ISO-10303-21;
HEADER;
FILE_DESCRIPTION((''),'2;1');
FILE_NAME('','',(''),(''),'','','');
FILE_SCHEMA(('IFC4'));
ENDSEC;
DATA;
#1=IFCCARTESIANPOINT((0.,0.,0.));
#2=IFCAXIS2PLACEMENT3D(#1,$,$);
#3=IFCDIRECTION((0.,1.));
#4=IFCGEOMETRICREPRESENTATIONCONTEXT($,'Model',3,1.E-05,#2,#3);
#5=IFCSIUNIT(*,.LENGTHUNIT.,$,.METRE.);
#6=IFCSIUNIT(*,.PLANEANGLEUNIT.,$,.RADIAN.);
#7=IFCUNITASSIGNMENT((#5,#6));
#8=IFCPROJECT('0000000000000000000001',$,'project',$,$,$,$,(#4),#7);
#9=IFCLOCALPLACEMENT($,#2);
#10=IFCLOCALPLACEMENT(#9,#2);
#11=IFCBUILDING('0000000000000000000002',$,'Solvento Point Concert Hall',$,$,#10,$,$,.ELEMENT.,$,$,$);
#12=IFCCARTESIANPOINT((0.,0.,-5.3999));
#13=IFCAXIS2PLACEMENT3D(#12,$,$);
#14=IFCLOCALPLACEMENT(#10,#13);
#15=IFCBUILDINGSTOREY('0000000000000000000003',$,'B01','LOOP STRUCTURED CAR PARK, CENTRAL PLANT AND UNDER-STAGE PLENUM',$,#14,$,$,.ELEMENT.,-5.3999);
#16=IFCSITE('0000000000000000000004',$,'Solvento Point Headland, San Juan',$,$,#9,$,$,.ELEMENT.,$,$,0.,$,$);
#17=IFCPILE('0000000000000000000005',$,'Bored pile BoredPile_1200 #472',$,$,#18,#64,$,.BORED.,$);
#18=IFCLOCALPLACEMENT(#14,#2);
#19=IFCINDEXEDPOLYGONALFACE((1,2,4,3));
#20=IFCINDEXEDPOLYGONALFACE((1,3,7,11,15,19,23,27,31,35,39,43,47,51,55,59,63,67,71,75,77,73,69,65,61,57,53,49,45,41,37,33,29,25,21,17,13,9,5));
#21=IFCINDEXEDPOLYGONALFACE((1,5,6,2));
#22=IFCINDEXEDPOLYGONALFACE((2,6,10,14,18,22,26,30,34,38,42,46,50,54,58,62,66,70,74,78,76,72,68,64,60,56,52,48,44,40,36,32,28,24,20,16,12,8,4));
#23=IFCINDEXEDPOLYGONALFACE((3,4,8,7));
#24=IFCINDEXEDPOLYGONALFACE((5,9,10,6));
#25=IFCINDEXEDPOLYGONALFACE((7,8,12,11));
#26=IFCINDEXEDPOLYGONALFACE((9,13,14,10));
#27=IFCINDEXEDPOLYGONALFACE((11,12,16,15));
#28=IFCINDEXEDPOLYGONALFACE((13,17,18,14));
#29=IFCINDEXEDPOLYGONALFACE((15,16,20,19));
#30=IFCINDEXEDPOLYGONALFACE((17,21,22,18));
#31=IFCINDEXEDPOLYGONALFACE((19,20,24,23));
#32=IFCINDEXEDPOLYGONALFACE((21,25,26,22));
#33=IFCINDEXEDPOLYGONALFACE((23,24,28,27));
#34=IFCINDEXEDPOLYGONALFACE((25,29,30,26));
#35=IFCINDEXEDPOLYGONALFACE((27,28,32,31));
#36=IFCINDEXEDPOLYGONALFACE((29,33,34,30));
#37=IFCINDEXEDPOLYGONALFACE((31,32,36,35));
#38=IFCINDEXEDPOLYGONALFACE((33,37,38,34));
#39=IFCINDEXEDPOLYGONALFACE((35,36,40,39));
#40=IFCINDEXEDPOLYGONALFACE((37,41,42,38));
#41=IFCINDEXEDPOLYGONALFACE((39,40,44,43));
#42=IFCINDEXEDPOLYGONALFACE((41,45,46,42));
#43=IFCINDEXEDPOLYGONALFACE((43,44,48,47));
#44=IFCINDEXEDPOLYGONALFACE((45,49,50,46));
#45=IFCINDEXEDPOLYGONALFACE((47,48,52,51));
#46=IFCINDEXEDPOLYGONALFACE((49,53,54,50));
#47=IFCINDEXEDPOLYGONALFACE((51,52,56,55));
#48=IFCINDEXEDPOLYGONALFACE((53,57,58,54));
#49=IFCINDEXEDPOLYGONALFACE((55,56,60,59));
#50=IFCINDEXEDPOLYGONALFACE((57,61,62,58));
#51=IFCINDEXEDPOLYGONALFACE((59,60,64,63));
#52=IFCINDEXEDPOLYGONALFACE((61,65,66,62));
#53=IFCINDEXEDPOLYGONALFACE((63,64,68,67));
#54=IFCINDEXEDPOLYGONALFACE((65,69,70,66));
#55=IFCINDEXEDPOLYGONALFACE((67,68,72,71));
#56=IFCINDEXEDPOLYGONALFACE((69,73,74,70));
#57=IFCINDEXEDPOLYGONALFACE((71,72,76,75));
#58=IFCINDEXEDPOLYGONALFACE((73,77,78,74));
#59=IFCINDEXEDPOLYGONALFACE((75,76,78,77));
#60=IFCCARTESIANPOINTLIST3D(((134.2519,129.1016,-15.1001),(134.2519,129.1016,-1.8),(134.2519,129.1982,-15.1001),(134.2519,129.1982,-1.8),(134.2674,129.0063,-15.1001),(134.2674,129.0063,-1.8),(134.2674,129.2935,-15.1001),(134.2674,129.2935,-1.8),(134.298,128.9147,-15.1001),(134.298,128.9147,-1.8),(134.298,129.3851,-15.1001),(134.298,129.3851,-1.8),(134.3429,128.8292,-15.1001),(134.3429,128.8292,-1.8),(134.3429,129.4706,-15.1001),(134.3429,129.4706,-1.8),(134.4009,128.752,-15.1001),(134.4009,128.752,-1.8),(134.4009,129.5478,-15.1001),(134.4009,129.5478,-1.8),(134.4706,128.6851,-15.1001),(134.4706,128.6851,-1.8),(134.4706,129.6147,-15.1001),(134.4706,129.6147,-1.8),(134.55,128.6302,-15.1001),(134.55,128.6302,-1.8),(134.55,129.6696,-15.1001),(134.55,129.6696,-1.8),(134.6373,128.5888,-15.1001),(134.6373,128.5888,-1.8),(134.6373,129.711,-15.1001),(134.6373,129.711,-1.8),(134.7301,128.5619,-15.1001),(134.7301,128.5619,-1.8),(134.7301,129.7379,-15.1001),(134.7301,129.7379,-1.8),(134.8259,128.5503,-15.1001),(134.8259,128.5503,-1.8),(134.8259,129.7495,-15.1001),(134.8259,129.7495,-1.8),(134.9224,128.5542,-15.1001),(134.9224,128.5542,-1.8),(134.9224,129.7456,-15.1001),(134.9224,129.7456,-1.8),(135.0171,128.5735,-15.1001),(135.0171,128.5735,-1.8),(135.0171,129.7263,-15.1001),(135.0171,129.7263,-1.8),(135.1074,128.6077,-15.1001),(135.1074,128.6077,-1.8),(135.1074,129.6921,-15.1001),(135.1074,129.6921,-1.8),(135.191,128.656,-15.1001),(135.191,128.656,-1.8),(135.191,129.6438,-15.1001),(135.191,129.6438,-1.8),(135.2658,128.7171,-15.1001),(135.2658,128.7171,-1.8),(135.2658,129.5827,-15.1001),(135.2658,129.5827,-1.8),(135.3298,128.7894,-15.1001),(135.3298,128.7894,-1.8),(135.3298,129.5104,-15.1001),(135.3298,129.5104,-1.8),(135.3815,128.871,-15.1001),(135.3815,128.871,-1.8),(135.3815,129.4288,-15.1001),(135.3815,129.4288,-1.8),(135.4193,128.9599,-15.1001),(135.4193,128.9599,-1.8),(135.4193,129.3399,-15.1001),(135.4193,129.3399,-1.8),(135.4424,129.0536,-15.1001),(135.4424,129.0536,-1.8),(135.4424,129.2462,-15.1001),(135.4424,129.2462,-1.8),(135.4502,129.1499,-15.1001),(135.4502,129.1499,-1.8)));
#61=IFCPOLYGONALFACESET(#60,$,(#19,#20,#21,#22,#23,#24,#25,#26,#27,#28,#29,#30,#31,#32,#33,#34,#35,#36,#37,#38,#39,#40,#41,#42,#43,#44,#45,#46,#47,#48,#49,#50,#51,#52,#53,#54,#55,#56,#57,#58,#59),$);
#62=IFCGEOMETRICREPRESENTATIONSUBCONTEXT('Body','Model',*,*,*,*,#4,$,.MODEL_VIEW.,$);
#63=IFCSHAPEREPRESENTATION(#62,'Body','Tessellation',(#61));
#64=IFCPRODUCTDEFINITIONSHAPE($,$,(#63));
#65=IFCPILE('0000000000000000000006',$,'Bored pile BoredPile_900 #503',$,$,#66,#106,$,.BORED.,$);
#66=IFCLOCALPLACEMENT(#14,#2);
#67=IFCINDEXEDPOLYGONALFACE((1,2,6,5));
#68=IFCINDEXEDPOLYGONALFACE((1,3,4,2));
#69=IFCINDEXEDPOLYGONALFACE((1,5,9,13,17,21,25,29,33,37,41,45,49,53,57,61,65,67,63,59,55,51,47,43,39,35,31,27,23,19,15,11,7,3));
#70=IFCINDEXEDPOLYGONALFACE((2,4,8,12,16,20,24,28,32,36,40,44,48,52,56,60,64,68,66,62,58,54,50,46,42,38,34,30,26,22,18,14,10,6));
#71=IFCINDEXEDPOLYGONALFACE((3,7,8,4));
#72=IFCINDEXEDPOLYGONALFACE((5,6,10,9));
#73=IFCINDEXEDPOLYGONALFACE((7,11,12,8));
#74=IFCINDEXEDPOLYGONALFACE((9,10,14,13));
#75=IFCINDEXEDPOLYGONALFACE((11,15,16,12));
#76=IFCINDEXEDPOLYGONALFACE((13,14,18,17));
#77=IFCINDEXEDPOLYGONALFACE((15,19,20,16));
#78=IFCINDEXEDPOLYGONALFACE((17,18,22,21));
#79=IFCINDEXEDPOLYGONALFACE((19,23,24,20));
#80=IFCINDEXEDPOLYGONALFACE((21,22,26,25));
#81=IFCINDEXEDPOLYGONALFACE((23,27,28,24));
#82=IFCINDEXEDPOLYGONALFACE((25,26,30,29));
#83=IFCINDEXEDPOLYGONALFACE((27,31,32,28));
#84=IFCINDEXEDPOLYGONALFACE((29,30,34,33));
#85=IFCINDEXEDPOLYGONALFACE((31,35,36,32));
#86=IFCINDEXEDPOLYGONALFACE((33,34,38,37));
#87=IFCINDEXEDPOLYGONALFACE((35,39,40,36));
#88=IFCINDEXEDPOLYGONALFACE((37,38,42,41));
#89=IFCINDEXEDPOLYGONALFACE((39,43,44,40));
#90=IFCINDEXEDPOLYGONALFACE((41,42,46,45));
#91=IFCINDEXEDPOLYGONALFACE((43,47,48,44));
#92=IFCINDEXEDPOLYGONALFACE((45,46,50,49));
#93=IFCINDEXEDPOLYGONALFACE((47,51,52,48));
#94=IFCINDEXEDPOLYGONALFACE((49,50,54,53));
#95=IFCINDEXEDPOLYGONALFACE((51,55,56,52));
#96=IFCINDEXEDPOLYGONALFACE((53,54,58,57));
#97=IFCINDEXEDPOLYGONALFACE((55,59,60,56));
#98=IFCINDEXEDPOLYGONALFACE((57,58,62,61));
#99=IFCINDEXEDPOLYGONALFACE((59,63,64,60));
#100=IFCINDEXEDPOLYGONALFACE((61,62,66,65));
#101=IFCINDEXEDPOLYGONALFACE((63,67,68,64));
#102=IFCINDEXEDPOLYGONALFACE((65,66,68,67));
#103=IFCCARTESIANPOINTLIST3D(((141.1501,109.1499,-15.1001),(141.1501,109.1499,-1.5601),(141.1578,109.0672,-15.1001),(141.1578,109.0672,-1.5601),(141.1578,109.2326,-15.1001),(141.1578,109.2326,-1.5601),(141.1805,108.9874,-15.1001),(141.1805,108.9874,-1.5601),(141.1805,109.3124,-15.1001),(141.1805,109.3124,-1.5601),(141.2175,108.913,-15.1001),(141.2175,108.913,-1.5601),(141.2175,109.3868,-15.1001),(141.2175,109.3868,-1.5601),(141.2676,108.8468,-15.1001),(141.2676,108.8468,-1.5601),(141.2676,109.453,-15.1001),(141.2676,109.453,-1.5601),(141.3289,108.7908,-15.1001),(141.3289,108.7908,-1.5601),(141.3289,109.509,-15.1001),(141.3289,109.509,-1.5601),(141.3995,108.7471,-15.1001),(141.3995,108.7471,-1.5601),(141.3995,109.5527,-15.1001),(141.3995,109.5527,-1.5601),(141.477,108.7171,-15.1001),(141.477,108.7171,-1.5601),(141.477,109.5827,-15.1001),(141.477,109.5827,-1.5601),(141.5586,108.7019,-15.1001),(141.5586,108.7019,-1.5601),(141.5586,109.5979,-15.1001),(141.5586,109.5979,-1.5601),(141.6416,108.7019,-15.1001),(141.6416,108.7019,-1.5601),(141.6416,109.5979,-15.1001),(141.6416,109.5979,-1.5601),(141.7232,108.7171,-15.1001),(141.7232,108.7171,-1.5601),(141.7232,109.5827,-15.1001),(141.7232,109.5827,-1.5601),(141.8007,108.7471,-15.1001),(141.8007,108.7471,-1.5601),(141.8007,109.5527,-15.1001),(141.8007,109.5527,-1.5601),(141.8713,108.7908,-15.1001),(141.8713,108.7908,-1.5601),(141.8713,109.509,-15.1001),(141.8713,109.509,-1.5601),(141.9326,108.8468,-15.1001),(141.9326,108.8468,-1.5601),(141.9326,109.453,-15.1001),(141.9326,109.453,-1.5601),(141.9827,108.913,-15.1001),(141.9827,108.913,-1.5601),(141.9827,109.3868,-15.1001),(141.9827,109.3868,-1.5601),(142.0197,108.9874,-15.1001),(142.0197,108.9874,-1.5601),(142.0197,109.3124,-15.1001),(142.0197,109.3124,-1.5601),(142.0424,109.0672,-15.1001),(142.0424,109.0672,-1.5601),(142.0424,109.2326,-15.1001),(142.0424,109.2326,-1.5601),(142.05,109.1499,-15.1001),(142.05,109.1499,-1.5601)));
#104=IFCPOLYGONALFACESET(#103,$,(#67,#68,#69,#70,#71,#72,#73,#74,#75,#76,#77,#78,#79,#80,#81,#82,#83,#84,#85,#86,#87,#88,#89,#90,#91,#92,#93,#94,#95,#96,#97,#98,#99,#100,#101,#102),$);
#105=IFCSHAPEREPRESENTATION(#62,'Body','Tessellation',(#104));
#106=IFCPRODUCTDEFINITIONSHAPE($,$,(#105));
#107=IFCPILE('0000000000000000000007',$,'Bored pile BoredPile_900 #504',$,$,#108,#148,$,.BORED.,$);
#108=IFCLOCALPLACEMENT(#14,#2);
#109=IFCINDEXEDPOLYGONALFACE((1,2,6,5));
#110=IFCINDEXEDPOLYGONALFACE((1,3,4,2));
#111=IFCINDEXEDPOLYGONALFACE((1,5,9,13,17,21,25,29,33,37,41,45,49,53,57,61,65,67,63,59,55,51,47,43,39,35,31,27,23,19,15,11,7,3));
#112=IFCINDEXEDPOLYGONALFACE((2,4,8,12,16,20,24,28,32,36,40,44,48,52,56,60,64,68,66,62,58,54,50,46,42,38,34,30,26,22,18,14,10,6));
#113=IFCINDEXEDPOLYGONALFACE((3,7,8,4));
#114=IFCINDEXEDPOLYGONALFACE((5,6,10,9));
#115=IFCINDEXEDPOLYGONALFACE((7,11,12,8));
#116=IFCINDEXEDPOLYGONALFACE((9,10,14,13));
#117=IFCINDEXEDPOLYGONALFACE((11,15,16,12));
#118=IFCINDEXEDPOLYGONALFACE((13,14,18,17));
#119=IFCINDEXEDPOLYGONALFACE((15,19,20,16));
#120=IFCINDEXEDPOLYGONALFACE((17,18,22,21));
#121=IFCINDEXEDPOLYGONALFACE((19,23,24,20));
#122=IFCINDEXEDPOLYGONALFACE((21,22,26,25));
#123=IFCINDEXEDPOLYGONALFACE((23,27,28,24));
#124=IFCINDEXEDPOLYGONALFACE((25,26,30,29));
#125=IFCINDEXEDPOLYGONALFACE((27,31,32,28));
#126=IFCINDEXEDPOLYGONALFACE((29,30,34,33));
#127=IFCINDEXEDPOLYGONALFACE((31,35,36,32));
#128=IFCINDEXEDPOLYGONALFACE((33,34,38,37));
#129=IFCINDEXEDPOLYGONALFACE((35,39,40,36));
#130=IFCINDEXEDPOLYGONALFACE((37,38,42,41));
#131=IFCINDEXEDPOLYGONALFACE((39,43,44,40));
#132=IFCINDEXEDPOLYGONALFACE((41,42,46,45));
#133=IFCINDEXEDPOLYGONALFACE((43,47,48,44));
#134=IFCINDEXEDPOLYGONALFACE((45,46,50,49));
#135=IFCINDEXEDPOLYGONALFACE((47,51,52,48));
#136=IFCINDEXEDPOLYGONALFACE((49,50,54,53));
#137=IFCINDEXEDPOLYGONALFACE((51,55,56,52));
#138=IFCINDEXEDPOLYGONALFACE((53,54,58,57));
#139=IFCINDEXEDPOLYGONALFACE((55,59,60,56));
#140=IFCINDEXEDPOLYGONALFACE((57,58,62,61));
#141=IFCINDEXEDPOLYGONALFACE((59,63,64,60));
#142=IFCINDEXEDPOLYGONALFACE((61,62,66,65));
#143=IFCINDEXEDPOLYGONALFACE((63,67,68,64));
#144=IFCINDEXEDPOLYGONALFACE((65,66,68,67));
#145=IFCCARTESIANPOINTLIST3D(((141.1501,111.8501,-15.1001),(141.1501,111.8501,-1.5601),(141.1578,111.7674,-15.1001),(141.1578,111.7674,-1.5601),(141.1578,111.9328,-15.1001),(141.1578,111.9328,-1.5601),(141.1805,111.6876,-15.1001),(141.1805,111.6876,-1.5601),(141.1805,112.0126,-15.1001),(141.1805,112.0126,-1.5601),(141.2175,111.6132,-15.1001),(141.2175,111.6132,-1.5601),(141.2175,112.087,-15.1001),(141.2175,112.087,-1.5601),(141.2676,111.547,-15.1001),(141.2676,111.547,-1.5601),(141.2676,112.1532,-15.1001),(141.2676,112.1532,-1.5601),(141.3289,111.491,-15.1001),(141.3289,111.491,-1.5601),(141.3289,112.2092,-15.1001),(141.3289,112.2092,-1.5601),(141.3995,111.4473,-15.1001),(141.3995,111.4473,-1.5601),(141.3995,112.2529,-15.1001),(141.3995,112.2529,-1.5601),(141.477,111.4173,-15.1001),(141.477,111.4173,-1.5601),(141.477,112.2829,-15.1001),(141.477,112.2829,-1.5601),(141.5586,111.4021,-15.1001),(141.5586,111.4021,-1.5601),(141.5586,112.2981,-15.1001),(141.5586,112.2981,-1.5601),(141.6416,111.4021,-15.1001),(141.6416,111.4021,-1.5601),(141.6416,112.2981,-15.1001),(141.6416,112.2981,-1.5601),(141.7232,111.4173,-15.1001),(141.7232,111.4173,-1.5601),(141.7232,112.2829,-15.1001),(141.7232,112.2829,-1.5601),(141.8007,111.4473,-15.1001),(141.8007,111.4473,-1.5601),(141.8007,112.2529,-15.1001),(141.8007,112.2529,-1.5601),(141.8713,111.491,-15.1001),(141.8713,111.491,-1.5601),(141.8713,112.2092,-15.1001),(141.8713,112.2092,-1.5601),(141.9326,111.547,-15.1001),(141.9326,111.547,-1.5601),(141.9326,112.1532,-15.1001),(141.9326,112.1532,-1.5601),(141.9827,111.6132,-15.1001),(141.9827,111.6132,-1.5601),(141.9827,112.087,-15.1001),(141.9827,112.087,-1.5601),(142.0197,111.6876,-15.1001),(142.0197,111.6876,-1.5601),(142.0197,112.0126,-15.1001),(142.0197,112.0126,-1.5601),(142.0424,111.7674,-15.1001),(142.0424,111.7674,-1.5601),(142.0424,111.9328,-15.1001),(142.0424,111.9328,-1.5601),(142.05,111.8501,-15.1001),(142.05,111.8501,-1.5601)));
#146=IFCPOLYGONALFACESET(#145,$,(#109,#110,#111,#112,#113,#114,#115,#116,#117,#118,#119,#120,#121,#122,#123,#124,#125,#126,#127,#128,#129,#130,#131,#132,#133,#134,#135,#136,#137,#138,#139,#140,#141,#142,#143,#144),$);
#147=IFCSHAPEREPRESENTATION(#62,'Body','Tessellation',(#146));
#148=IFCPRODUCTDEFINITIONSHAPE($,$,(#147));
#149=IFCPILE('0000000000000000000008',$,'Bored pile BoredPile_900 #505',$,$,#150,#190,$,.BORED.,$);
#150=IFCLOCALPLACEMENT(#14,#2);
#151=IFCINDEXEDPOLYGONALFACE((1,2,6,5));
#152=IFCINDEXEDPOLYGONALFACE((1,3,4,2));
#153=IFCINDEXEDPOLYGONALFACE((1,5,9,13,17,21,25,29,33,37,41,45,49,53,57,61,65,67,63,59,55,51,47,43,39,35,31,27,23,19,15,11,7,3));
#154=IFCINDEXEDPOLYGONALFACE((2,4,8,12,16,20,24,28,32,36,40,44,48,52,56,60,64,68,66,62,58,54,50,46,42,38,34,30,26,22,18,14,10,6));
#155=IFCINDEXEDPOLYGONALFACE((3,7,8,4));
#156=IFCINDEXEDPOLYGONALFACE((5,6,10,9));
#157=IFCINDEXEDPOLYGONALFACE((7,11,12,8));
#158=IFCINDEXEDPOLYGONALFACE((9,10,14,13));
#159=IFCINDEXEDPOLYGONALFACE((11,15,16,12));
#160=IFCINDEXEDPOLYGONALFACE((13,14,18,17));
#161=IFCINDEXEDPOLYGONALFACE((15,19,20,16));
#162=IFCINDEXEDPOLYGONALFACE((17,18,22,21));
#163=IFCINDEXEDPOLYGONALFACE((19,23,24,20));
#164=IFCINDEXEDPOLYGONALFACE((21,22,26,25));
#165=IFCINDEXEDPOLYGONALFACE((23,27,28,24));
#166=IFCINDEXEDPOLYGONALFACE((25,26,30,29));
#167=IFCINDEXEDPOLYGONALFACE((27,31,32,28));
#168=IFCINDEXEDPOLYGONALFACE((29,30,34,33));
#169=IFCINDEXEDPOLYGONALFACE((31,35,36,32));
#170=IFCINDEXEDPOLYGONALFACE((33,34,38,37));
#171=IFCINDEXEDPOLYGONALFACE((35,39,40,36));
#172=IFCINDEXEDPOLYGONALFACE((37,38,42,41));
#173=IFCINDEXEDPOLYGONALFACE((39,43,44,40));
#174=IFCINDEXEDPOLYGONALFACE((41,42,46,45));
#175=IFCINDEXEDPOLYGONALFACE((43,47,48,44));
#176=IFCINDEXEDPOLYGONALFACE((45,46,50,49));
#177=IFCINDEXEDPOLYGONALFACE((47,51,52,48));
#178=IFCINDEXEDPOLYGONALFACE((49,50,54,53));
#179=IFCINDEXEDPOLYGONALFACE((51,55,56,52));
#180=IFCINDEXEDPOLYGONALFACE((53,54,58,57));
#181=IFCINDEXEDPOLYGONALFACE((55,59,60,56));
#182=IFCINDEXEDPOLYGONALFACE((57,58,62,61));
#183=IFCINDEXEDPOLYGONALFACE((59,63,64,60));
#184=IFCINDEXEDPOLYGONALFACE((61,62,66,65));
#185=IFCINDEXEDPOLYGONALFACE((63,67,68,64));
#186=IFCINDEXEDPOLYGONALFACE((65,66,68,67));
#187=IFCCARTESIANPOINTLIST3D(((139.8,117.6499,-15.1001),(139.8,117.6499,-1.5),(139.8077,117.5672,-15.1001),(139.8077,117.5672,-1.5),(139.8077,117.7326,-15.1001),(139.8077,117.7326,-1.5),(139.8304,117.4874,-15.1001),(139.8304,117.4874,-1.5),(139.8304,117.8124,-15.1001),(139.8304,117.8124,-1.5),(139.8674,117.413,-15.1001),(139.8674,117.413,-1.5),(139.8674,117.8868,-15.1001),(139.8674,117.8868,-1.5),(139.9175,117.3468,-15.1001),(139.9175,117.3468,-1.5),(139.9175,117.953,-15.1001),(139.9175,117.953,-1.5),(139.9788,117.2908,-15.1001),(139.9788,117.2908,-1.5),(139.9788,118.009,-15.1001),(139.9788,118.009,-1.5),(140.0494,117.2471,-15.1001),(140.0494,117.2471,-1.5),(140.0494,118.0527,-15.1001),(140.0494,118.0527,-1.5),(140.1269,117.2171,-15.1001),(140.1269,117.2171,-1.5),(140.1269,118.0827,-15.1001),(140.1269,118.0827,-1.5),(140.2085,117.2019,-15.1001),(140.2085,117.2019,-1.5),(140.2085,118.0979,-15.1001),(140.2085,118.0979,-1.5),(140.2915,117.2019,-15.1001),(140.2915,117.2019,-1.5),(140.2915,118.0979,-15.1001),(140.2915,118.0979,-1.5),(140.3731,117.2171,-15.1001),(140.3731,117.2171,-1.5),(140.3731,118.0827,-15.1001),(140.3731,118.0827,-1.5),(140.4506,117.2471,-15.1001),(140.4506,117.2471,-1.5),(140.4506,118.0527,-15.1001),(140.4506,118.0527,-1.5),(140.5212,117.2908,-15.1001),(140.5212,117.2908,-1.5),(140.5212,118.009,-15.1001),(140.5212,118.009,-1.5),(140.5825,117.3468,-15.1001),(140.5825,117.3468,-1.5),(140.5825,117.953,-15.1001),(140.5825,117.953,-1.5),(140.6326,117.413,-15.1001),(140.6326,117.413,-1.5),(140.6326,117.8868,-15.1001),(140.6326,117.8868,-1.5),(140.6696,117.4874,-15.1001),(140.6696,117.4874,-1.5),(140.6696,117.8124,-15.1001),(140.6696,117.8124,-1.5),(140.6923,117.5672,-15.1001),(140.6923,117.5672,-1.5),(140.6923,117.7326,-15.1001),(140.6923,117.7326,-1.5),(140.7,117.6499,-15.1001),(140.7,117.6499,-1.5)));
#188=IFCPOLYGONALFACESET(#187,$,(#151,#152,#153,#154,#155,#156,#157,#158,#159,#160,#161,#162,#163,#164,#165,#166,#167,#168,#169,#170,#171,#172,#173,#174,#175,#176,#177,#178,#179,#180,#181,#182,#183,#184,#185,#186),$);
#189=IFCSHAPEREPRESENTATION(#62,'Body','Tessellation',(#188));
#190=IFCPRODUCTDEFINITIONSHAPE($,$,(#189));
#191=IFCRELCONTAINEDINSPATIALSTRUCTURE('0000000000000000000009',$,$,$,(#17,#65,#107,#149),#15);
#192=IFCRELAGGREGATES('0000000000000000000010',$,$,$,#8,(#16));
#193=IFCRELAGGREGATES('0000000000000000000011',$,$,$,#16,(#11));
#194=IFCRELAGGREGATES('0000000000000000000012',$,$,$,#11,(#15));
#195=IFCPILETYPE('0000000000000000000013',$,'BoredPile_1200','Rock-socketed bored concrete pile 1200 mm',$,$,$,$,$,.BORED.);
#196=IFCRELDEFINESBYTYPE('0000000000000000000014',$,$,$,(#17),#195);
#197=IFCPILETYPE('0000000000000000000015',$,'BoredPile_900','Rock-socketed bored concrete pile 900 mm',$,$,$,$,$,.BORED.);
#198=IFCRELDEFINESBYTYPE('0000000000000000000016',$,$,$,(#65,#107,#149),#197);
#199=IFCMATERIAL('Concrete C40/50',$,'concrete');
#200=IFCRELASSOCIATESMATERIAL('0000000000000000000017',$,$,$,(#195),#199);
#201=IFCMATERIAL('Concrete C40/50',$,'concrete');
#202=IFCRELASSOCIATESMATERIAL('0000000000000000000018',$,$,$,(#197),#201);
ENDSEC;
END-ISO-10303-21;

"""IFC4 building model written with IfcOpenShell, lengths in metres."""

from ifc_helpers import new_model, si_unit, direction, frame, origin, origin_2d, place, context, subcontext, project, spatial, circle, extrude, material, material_profile, profile_set, type_object, element, save


model = new_model("IFC4")

# Units and contexts
model_context = context("Model", 3, precision=1e-05, world=origin(), true_north=direction((0.0, 1.0)))
body_context = subcontext(model_context, "Body", "Model", "MODEL_VIEW")
ifc_project = project(units=[si_unit("LENGTHUNIT", "METRE"), si_unit("PLANEANGLEUNIT", "RADIAN")], contexts=[model_context])

# Site, building, storey
site_placement = place(None, origin())
site = spatial("IfcSite", under=ifc_project, at=site_placement, Name="Solvento Point Headland, San Juan", CompositionType="ELEMENT", RefElevation=0.0)
building_placement = place(site_placement, origin())
building = spatial("IfcBuilding", under=site, at=building_placement, Name="Solvento Point Concert Hall", CompositionType="ELEMENT")
storey_placement = place(building_placement, frame((0.0, 0.0, -5.3999)))
storey = spatial("IfcBuildingStorey", under=building, at=storey_placement, Name="B01", Description="LOOP STRUCTURED CAR PARK, CENTRAL PLANT AND UNDER-STAGE PLENUM", CompositionType="ELEMENT", Elevation=-5.3999)

# Piles
ifc_material_1 = material(Name="Concrete C40/50", Category="concrete")
ifc_material_profile_1 = material_profile(ifc_material_1, circle(Radius=0.6001, at=origin_2d()), Name="BP-1200")
ifc_profile_set_1 = profile_set([ifc_material_profile_1], Name="Concrete C40/50")
pile_type_1 = type_object("IfcPileType", Name="BoredPile_1200", Description="Rock-socketed bored concrete pile 1200 mm", PredefinedType="BORED", material=ifc_profile_set_1)
pile_placement = place(storey_placement, frame((134.8501, 129.1499, -1.8), z_axis=(0.0, 0.0, -1.0), x_axis=(1.0, 0.0, 0.0)))
element("IfcPile", 1, at=pile_placement, inside=storey, type_object=pile_type_1, Name="Bored pile BoredPile_1200 #472", PredefinedType="BORED", context=body_context, shape_type="SweptSolid", body=[
    extrude(circle(Radius=0.6001, at=origin_2d()), origin(), (0.0, 0.0, 1.0), 13.3),
])
ifc_material_2 = material(Name="Concrete C40/50", Category="concrete")
ifc_material_profile_2 = material_profile(ifc_material_2, circle(Radius=0.45, at=origin_2d()), Name="BP-900")
ifc_profile_set_2 = profile_set([ifc_material_profile_2], Name="Concrete C40/50")
pile_type_2 = type_object("IfcPileType", Name="BoredPile_900", Description="Rock-socketed bored concrete pile 900 mm", PredefinedType="BORED", material=ifc_profile_set_2)
for number, where, z_axis, x_axis, name in (
    (2, (141.6001, 109.1499, -1.5601), (0.0, 0.0, -1.0), (1.0, 0.0, 0.0), "Bored pile BoredPile_900 #503"),
    (3, (141.6001, 111.8501, -1.5601), (0.0, 0.0, -1.0), (1.0, 0.0, 0.0), "Bored pile BoredPile_900 #504"),
):
    element("IfcPile", number, at=place(storey_placement, frame(where, z_axis=z_axis, x_axis=x_axis)), inside=storey, type_object=pile_type_2, Name=name, PredefinedType="BORED", context=body_context, shape_type="SweptSolid", body=[
        extrude(circle(Radius=0.45, at=origin_2d()), origin(), (0.0, 0.0, 1.0), 13.54),
    ])
for number, where, z_axis, x_axis, name in (
    (4, (140.25, 117.6499, -1.5), (0.0, 0.0, -1.0), (1.0, 0.0, 0.0), "Bored pile BoredPile_900 #505"),
):
    element("IfcPile", number, at=place(storey_placement, frame(where, z_axis=z_axis, x_axis=x_axis)), inside=storey, type_object=pile_type_2, Name=name, PredefinedType="BORED", context=body_context, shape_type="SweptSolid", body=[
        extrude(circle(Radius=0.45, at=origin_2d()), origin(), (0.0, 0.0, 1.0), 13.6001),
    ])

save(model, "model.ifc")
